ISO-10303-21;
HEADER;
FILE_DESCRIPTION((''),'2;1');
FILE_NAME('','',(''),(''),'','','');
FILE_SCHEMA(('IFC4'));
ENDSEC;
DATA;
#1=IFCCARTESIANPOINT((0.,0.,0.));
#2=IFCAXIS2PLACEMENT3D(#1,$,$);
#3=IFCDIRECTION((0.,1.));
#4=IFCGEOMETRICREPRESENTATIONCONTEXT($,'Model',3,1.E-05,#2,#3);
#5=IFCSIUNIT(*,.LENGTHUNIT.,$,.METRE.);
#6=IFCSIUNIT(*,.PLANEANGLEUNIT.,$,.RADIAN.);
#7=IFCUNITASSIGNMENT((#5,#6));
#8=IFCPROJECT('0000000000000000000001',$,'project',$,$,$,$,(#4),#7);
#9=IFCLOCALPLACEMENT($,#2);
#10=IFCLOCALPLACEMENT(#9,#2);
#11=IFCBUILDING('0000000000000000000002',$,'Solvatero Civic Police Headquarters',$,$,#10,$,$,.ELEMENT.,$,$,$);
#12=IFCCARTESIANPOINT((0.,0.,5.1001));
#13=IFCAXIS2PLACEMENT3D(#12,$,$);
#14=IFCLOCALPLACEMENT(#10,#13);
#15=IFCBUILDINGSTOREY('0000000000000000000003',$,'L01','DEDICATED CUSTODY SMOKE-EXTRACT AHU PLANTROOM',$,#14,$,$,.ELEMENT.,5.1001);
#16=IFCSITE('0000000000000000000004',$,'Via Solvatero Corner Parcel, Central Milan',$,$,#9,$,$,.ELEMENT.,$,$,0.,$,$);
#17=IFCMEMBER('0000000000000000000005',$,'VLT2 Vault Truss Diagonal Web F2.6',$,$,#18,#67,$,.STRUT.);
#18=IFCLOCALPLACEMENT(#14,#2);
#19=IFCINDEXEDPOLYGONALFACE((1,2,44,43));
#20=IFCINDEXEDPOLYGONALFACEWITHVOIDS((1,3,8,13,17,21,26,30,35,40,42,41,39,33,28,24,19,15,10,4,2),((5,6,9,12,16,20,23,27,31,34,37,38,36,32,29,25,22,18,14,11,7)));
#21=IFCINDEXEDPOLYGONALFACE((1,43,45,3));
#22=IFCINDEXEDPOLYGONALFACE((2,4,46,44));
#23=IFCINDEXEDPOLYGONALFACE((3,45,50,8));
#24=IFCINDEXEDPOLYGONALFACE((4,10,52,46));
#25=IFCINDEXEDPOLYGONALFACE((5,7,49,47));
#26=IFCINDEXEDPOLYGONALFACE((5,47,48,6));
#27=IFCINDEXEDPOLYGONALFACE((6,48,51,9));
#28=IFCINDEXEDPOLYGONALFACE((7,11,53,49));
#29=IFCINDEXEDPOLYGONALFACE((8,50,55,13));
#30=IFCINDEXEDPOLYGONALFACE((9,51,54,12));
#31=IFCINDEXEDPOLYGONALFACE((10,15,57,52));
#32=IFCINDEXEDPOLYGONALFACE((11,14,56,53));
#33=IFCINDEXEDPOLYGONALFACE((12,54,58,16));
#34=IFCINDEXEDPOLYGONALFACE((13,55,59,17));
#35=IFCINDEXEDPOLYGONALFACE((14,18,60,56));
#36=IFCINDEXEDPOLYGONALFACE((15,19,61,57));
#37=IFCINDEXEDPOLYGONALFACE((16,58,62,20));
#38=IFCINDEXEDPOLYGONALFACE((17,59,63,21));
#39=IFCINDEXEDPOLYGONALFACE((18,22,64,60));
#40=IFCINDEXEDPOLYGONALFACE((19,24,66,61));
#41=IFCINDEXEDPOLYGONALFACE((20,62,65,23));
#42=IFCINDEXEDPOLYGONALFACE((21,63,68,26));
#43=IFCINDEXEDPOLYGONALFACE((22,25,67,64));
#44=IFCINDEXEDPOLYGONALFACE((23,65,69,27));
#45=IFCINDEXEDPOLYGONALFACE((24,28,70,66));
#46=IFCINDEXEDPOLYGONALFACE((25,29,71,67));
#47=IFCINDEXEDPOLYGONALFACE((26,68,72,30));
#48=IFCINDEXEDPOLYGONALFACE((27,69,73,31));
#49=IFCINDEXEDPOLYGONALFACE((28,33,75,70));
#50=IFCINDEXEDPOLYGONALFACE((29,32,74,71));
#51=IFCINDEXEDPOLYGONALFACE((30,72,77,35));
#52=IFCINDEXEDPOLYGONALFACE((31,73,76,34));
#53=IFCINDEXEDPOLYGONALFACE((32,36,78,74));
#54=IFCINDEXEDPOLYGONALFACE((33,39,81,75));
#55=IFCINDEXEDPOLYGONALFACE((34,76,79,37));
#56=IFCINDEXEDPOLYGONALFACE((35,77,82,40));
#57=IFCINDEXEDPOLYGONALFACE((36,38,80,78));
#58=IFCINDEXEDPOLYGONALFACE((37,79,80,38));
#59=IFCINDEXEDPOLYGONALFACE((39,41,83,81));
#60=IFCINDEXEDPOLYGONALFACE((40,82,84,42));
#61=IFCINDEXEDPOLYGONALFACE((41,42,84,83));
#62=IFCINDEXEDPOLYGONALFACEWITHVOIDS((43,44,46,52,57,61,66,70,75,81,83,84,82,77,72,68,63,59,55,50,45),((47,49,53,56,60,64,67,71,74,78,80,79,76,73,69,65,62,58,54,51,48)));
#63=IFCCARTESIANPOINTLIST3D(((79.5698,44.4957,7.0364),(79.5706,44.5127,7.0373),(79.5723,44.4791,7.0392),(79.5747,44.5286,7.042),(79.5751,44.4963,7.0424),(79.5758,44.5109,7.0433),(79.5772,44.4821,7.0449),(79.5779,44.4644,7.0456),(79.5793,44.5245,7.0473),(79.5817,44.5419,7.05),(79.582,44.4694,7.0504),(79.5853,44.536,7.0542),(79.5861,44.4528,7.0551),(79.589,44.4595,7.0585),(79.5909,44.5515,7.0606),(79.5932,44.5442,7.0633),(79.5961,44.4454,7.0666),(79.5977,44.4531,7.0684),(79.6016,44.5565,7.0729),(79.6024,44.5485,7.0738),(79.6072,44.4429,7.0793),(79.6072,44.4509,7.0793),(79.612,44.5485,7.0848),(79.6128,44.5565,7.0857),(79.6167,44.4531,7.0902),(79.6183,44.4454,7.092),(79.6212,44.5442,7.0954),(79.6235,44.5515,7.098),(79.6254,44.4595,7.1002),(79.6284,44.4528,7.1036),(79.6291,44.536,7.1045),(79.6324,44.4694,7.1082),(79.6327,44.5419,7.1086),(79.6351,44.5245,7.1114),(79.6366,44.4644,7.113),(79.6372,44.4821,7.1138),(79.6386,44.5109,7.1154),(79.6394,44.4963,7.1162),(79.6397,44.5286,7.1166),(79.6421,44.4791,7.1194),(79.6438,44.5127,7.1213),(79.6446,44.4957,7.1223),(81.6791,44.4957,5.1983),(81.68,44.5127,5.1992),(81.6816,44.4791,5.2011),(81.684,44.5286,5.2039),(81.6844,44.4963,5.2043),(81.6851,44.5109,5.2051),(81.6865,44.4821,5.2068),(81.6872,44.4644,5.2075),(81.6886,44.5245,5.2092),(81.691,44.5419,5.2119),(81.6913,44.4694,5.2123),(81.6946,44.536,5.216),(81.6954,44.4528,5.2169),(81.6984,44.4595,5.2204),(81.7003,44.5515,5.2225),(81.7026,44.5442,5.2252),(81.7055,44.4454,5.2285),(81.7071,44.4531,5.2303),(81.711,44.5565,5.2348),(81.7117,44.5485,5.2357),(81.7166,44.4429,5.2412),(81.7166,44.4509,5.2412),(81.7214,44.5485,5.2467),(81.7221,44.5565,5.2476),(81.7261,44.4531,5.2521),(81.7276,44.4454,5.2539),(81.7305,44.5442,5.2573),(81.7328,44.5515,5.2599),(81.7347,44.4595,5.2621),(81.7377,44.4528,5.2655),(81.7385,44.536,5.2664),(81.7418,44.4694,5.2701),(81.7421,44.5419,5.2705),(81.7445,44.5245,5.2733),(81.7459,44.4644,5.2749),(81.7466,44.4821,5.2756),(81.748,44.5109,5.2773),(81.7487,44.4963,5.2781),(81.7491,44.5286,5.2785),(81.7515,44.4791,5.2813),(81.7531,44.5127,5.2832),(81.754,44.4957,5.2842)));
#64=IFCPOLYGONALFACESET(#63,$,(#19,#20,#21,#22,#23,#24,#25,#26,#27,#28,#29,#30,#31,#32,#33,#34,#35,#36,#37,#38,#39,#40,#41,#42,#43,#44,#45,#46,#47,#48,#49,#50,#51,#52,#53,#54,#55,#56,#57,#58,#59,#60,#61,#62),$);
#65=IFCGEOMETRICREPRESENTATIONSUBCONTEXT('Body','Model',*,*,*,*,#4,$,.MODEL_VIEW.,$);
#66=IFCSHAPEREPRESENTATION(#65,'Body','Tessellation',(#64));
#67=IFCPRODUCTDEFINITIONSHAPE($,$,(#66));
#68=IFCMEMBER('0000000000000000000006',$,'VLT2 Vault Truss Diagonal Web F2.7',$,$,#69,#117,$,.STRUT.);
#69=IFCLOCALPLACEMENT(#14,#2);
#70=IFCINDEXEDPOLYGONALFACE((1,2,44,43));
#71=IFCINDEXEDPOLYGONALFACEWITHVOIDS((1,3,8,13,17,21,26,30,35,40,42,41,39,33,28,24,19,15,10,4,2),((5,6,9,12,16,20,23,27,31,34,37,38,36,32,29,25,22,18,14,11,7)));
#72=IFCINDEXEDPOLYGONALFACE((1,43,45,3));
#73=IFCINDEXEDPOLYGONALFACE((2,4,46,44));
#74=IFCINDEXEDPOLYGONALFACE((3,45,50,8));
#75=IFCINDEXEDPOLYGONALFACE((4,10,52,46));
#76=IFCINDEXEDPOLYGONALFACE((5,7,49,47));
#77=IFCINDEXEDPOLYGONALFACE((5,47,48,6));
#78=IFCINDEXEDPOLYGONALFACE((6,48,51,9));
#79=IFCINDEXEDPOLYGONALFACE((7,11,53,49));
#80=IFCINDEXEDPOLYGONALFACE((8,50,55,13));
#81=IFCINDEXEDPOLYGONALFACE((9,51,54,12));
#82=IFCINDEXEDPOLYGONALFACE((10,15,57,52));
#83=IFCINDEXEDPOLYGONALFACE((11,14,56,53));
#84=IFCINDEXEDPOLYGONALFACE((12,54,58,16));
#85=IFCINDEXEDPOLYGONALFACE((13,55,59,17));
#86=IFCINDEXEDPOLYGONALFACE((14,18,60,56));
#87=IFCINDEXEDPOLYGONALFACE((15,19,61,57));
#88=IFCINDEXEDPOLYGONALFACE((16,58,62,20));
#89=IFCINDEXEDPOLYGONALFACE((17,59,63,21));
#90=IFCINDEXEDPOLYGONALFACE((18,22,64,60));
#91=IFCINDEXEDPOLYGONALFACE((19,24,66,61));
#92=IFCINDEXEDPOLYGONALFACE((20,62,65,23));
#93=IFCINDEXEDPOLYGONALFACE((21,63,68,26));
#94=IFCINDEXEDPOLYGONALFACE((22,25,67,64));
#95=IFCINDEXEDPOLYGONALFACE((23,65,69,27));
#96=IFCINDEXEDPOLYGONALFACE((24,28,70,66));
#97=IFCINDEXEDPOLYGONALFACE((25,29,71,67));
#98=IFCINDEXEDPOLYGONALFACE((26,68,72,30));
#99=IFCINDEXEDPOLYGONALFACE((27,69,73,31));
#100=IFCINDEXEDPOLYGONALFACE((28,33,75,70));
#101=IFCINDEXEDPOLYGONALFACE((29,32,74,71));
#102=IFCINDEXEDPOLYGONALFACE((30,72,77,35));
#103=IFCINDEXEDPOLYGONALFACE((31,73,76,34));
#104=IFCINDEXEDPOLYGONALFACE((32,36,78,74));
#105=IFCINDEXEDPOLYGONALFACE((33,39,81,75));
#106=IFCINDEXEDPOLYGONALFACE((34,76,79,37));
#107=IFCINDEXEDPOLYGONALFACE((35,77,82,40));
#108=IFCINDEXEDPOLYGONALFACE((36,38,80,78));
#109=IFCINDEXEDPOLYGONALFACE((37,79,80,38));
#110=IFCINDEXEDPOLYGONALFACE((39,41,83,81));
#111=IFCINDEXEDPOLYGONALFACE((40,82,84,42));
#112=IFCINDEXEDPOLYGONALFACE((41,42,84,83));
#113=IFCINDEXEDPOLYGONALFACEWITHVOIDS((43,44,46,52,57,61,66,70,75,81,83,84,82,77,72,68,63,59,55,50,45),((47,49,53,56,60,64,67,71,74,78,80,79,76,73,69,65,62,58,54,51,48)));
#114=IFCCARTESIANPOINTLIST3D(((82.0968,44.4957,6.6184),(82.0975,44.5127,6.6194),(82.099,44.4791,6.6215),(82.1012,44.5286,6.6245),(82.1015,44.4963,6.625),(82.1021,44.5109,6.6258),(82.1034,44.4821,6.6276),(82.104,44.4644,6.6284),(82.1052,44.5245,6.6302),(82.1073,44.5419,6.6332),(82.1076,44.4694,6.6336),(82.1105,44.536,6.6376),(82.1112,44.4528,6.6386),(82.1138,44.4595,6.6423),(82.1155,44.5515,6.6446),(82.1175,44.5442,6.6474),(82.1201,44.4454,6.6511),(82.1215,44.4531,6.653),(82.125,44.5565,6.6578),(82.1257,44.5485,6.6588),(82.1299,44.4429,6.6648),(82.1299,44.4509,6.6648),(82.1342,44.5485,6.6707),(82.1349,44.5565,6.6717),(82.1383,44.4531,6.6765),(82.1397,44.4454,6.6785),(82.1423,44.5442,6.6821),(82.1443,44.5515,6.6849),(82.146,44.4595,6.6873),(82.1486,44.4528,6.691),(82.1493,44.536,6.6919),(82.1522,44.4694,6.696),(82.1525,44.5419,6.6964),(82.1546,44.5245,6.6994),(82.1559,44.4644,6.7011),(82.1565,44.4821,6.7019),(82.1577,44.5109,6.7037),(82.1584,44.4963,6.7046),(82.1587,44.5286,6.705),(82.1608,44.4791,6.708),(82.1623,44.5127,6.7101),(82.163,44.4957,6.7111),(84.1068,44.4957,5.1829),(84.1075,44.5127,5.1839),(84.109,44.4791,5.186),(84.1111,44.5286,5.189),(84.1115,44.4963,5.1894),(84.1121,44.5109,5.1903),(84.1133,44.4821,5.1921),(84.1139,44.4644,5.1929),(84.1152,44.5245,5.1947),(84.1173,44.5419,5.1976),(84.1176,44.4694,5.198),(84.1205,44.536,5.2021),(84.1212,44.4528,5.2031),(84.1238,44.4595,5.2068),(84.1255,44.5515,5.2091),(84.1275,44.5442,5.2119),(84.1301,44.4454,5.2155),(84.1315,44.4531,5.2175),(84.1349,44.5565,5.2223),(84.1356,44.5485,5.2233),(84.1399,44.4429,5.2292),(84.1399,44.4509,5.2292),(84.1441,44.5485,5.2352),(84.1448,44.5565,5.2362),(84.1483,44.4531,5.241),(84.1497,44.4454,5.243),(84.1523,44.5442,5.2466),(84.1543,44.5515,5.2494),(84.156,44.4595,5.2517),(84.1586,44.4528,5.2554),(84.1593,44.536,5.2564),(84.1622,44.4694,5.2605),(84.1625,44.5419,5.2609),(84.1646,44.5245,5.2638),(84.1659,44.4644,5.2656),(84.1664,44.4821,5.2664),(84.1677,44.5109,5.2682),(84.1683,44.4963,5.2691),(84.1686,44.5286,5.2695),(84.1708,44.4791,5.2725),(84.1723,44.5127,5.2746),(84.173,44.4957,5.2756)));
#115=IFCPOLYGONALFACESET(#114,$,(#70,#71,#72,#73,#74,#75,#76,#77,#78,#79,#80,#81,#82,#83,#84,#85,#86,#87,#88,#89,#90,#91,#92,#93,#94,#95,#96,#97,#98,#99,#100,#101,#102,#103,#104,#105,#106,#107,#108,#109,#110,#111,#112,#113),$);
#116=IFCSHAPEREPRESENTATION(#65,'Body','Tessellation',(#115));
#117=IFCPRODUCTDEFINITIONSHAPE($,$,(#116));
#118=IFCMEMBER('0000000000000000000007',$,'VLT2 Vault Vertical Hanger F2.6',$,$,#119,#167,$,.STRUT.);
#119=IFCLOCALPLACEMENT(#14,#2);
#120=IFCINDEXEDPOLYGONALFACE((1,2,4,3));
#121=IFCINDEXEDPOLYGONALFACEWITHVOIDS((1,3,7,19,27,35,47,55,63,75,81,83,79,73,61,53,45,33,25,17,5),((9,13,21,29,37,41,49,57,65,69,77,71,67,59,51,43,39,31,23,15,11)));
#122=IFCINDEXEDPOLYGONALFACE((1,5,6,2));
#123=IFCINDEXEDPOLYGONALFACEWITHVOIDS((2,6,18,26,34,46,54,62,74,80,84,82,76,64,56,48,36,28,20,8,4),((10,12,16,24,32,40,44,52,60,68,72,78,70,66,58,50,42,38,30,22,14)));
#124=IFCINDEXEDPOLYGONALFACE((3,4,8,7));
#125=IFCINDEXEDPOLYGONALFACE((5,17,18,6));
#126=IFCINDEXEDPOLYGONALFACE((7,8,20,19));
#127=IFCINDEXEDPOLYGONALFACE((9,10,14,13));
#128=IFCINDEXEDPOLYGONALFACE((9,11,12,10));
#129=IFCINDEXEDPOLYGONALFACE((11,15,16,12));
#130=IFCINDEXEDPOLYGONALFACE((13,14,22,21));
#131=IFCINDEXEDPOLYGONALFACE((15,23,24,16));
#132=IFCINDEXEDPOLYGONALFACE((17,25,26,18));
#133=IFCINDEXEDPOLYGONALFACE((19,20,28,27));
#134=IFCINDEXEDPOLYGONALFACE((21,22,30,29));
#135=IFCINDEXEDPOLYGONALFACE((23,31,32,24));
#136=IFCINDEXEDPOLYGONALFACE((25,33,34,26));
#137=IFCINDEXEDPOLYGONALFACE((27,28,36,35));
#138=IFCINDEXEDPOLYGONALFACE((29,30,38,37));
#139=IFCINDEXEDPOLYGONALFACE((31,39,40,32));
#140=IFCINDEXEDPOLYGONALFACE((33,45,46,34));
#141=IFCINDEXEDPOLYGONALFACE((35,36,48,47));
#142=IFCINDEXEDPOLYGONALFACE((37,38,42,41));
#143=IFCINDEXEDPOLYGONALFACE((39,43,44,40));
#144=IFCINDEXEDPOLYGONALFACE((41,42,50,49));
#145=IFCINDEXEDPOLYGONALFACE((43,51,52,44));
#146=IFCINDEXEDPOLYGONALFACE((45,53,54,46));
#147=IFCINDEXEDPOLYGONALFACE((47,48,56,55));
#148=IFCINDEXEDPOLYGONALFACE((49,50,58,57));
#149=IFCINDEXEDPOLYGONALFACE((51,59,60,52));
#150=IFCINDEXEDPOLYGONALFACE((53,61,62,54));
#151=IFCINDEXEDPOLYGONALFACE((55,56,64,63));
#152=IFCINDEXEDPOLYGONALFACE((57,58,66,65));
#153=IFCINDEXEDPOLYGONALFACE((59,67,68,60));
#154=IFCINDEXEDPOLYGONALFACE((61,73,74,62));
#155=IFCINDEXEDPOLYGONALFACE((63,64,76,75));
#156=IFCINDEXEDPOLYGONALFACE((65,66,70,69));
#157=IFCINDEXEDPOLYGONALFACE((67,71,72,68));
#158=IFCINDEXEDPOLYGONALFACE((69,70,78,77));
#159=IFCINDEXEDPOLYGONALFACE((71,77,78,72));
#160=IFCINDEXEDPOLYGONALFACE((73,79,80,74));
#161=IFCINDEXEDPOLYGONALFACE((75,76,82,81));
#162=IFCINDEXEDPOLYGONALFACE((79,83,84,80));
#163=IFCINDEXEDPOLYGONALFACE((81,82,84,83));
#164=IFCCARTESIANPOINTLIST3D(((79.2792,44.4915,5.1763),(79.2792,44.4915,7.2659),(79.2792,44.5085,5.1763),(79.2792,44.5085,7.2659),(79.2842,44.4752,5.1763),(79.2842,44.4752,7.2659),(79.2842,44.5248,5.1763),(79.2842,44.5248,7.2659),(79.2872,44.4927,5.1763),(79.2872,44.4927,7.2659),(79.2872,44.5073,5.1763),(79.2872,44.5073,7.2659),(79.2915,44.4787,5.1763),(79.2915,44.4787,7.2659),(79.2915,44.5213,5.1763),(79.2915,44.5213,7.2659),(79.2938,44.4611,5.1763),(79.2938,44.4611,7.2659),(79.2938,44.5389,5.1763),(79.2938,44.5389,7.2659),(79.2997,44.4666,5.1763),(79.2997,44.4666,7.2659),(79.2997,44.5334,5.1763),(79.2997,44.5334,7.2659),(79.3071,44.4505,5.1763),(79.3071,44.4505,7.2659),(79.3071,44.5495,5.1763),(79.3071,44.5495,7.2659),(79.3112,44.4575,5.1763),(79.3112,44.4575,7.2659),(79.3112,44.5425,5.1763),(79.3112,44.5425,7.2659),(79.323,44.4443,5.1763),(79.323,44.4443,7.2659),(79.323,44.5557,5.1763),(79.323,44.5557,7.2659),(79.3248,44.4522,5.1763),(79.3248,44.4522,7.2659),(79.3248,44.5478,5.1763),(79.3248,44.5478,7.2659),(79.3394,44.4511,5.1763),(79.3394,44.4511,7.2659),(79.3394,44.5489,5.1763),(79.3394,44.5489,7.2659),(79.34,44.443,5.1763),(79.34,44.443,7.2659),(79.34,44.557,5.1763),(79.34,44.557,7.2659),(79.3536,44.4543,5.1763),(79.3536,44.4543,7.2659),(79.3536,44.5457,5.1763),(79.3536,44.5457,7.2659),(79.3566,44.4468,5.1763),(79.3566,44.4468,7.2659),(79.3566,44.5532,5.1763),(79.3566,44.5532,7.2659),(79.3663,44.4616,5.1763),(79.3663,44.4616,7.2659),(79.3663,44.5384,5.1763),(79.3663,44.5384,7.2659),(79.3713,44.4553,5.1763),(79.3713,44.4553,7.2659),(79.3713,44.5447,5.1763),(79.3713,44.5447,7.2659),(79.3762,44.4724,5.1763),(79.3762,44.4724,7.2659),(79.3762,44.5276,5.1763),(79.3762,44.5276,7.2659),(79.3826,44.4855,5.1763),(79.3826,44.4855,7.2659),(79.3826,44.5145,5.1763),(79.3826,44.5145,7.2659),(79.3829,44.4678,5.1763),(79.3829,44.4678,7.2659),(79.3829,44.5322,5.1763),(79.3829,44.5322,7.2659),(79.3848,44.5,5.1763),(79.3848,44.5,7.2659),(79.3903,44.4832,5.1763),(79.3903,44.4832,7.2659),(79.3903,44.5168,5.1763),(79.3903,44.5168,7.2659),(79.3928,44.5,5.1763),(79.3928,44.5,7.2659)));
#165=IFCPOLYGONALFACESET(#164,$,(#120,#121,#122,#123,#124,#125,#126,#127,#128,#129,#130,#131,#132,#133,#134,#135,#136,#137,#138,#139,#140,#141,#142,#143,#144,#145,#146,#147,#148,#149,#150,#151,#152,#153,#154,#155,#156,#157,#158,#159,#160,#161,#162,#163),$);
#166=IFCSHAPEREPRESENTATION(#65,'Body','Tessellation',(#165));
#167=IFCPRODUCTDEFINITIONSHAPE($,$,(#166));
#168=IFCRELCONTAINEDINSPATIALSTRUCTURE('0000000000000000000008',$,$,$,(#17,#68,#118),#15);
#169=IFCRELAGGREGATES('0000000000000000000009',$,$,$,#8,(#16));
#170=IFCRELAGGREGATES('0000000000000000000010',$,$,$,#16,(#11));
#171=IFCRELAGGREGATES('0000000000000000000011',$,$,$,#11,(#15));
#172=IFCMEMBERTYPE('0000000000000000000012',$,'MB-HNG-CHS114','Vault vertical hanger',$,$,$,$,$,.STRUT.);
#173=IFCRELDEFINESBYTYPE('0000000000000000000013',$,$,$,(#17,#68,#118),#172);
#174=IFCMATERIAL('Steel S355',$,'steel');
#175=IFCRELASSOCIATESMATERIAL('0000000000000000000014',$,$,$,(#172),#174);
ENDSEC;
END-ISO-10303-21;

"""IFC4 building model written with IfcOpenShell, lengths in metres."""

from ifc_helpers import new_model, si_unit, direction, frame, origin, origin_2d, place, context, subcontext, project, spatial, hollow_circle, extrude, material, material_profile, profile_set, type_object, element, save


model = new_model("IFC4")

# Units and contexts
model_context = context("Model", 3, precision=1e-05, world=origin(), true_north=direction((0.0, 1.0)))
body_context = subcontext(model_context, "Body", "Model", "MODEL_VIEW")
ifc_project = project(units=[si_unit("LENGTHUNIT", "METRE"), si_unit("PLANEANGLEUNIT", "RADIAN")], contexts=[model_context])

# Site, building, storey
site_placement = place(None, origin())
site = spatial("IfcSite", under=ifc_project, at=site_placement, Name="Via Solvatero Corner Parcel, Central Milan", CompositionType="ELEMENT", RefElevation=0.0)
building_placement = place(site_placement, origin())
building = spatial("IfcBuilding", under=site, at=building_placement, Name="Solvatero Civic Police Headquarters", CompositionType="ELEMENT")
storey_placement = place(building_placement, frame((0.0, 0.0, 5.1001)))
storey = spatial("IfcBuildingStorey", under=building, at=storey_placement, Name="L01", Description="DEDICATED CUSTODY SMOKE-EXTRACT AHU PLANTROOM", CompositionType="ELEMENT", Elevation=5.1001)

# Shared definitions
ifc_material_1 = material(Name="Steel S355", Category="steel")

# Members
ifc_material_profile_1 = material_profile(ifc_material_1, hollow_circle(Radius=0.0571, WallThickness=0.0081, at=origin_2d()), Name="CHS 114.3x8.0")
ifc_profile_set_1 = profile_set([ifc_material_profile_1], Name="Steel S355")
member_type_1 = type_object("IfcMemberType", Name="MB-HNG-CHS114", Description="Vault vertical hanger", PredefinedType="STRUT", material=ifc_profile_set_1)
member_1_placement = place(storey_placement, frame((81.7166, 44.5, 5.2412), z_axis=(-0.753916, 0.0, 0.656971), x_axis=(0.0, -1.0, 0.0)))
element("IfcMember", 1, at=member_1_placement, inside=storey, type_object=member_type_1, Name="VLT2 Vault Truss Diagonal Web F2.6", PredefinedType="STRUT", context=body_context, shape_type="SweptSolid", body=[
    extrude(hollow_circle(Radius=0.0571, WallThickness=0.0081, at=origin_2d()), origin(), (0.0, 0.0, 1.0), 2.7979),
])
member_2_placement = place(storey_placement, frame((84.1399, 44.5, 5.2292), z_axis=(-0.813767, 0.0, 0.581191), x_axis=(0.0, -1.0, 0.0)))
element("IfcMember", 2, at=member_2_placement, inside=storey, type_object=member_type_1, Name="VLT2 Vault Truss Diagonal Web F2.7", PredefinedType="STRUT", context=body_context, shape_type="SweptSolid", body=[
    extrude(hollow_circle(Radius=0.0571, WallThickness=0.0081, at=origin_2d()), origin(), (0.0, 0.0, 1.0), 2.47),
])
member_3_placement = place(storey_placement, frame((79.3357, 44.5, 5.1763), z_axis=(0.0, 0.0, 1.0), x_axis=(1.0, 0.0, 0.0)))
element("IfcMember", 3, at=member_3_placement, inside=storey, type_object=member_type_1, Name="VLT2 Vault Vertical Hanger F2.6", PredefinedType="STRUT", context=body_context, shape_type="SweptSolid", body=[
    extrude(hollow_circle(Radius=0.0571, WallThickness=0.0081, at=origin_2d()), origin(), (0.0, 0.0, 1.0), 2.0896),
])

save(model, "model.ifc")
